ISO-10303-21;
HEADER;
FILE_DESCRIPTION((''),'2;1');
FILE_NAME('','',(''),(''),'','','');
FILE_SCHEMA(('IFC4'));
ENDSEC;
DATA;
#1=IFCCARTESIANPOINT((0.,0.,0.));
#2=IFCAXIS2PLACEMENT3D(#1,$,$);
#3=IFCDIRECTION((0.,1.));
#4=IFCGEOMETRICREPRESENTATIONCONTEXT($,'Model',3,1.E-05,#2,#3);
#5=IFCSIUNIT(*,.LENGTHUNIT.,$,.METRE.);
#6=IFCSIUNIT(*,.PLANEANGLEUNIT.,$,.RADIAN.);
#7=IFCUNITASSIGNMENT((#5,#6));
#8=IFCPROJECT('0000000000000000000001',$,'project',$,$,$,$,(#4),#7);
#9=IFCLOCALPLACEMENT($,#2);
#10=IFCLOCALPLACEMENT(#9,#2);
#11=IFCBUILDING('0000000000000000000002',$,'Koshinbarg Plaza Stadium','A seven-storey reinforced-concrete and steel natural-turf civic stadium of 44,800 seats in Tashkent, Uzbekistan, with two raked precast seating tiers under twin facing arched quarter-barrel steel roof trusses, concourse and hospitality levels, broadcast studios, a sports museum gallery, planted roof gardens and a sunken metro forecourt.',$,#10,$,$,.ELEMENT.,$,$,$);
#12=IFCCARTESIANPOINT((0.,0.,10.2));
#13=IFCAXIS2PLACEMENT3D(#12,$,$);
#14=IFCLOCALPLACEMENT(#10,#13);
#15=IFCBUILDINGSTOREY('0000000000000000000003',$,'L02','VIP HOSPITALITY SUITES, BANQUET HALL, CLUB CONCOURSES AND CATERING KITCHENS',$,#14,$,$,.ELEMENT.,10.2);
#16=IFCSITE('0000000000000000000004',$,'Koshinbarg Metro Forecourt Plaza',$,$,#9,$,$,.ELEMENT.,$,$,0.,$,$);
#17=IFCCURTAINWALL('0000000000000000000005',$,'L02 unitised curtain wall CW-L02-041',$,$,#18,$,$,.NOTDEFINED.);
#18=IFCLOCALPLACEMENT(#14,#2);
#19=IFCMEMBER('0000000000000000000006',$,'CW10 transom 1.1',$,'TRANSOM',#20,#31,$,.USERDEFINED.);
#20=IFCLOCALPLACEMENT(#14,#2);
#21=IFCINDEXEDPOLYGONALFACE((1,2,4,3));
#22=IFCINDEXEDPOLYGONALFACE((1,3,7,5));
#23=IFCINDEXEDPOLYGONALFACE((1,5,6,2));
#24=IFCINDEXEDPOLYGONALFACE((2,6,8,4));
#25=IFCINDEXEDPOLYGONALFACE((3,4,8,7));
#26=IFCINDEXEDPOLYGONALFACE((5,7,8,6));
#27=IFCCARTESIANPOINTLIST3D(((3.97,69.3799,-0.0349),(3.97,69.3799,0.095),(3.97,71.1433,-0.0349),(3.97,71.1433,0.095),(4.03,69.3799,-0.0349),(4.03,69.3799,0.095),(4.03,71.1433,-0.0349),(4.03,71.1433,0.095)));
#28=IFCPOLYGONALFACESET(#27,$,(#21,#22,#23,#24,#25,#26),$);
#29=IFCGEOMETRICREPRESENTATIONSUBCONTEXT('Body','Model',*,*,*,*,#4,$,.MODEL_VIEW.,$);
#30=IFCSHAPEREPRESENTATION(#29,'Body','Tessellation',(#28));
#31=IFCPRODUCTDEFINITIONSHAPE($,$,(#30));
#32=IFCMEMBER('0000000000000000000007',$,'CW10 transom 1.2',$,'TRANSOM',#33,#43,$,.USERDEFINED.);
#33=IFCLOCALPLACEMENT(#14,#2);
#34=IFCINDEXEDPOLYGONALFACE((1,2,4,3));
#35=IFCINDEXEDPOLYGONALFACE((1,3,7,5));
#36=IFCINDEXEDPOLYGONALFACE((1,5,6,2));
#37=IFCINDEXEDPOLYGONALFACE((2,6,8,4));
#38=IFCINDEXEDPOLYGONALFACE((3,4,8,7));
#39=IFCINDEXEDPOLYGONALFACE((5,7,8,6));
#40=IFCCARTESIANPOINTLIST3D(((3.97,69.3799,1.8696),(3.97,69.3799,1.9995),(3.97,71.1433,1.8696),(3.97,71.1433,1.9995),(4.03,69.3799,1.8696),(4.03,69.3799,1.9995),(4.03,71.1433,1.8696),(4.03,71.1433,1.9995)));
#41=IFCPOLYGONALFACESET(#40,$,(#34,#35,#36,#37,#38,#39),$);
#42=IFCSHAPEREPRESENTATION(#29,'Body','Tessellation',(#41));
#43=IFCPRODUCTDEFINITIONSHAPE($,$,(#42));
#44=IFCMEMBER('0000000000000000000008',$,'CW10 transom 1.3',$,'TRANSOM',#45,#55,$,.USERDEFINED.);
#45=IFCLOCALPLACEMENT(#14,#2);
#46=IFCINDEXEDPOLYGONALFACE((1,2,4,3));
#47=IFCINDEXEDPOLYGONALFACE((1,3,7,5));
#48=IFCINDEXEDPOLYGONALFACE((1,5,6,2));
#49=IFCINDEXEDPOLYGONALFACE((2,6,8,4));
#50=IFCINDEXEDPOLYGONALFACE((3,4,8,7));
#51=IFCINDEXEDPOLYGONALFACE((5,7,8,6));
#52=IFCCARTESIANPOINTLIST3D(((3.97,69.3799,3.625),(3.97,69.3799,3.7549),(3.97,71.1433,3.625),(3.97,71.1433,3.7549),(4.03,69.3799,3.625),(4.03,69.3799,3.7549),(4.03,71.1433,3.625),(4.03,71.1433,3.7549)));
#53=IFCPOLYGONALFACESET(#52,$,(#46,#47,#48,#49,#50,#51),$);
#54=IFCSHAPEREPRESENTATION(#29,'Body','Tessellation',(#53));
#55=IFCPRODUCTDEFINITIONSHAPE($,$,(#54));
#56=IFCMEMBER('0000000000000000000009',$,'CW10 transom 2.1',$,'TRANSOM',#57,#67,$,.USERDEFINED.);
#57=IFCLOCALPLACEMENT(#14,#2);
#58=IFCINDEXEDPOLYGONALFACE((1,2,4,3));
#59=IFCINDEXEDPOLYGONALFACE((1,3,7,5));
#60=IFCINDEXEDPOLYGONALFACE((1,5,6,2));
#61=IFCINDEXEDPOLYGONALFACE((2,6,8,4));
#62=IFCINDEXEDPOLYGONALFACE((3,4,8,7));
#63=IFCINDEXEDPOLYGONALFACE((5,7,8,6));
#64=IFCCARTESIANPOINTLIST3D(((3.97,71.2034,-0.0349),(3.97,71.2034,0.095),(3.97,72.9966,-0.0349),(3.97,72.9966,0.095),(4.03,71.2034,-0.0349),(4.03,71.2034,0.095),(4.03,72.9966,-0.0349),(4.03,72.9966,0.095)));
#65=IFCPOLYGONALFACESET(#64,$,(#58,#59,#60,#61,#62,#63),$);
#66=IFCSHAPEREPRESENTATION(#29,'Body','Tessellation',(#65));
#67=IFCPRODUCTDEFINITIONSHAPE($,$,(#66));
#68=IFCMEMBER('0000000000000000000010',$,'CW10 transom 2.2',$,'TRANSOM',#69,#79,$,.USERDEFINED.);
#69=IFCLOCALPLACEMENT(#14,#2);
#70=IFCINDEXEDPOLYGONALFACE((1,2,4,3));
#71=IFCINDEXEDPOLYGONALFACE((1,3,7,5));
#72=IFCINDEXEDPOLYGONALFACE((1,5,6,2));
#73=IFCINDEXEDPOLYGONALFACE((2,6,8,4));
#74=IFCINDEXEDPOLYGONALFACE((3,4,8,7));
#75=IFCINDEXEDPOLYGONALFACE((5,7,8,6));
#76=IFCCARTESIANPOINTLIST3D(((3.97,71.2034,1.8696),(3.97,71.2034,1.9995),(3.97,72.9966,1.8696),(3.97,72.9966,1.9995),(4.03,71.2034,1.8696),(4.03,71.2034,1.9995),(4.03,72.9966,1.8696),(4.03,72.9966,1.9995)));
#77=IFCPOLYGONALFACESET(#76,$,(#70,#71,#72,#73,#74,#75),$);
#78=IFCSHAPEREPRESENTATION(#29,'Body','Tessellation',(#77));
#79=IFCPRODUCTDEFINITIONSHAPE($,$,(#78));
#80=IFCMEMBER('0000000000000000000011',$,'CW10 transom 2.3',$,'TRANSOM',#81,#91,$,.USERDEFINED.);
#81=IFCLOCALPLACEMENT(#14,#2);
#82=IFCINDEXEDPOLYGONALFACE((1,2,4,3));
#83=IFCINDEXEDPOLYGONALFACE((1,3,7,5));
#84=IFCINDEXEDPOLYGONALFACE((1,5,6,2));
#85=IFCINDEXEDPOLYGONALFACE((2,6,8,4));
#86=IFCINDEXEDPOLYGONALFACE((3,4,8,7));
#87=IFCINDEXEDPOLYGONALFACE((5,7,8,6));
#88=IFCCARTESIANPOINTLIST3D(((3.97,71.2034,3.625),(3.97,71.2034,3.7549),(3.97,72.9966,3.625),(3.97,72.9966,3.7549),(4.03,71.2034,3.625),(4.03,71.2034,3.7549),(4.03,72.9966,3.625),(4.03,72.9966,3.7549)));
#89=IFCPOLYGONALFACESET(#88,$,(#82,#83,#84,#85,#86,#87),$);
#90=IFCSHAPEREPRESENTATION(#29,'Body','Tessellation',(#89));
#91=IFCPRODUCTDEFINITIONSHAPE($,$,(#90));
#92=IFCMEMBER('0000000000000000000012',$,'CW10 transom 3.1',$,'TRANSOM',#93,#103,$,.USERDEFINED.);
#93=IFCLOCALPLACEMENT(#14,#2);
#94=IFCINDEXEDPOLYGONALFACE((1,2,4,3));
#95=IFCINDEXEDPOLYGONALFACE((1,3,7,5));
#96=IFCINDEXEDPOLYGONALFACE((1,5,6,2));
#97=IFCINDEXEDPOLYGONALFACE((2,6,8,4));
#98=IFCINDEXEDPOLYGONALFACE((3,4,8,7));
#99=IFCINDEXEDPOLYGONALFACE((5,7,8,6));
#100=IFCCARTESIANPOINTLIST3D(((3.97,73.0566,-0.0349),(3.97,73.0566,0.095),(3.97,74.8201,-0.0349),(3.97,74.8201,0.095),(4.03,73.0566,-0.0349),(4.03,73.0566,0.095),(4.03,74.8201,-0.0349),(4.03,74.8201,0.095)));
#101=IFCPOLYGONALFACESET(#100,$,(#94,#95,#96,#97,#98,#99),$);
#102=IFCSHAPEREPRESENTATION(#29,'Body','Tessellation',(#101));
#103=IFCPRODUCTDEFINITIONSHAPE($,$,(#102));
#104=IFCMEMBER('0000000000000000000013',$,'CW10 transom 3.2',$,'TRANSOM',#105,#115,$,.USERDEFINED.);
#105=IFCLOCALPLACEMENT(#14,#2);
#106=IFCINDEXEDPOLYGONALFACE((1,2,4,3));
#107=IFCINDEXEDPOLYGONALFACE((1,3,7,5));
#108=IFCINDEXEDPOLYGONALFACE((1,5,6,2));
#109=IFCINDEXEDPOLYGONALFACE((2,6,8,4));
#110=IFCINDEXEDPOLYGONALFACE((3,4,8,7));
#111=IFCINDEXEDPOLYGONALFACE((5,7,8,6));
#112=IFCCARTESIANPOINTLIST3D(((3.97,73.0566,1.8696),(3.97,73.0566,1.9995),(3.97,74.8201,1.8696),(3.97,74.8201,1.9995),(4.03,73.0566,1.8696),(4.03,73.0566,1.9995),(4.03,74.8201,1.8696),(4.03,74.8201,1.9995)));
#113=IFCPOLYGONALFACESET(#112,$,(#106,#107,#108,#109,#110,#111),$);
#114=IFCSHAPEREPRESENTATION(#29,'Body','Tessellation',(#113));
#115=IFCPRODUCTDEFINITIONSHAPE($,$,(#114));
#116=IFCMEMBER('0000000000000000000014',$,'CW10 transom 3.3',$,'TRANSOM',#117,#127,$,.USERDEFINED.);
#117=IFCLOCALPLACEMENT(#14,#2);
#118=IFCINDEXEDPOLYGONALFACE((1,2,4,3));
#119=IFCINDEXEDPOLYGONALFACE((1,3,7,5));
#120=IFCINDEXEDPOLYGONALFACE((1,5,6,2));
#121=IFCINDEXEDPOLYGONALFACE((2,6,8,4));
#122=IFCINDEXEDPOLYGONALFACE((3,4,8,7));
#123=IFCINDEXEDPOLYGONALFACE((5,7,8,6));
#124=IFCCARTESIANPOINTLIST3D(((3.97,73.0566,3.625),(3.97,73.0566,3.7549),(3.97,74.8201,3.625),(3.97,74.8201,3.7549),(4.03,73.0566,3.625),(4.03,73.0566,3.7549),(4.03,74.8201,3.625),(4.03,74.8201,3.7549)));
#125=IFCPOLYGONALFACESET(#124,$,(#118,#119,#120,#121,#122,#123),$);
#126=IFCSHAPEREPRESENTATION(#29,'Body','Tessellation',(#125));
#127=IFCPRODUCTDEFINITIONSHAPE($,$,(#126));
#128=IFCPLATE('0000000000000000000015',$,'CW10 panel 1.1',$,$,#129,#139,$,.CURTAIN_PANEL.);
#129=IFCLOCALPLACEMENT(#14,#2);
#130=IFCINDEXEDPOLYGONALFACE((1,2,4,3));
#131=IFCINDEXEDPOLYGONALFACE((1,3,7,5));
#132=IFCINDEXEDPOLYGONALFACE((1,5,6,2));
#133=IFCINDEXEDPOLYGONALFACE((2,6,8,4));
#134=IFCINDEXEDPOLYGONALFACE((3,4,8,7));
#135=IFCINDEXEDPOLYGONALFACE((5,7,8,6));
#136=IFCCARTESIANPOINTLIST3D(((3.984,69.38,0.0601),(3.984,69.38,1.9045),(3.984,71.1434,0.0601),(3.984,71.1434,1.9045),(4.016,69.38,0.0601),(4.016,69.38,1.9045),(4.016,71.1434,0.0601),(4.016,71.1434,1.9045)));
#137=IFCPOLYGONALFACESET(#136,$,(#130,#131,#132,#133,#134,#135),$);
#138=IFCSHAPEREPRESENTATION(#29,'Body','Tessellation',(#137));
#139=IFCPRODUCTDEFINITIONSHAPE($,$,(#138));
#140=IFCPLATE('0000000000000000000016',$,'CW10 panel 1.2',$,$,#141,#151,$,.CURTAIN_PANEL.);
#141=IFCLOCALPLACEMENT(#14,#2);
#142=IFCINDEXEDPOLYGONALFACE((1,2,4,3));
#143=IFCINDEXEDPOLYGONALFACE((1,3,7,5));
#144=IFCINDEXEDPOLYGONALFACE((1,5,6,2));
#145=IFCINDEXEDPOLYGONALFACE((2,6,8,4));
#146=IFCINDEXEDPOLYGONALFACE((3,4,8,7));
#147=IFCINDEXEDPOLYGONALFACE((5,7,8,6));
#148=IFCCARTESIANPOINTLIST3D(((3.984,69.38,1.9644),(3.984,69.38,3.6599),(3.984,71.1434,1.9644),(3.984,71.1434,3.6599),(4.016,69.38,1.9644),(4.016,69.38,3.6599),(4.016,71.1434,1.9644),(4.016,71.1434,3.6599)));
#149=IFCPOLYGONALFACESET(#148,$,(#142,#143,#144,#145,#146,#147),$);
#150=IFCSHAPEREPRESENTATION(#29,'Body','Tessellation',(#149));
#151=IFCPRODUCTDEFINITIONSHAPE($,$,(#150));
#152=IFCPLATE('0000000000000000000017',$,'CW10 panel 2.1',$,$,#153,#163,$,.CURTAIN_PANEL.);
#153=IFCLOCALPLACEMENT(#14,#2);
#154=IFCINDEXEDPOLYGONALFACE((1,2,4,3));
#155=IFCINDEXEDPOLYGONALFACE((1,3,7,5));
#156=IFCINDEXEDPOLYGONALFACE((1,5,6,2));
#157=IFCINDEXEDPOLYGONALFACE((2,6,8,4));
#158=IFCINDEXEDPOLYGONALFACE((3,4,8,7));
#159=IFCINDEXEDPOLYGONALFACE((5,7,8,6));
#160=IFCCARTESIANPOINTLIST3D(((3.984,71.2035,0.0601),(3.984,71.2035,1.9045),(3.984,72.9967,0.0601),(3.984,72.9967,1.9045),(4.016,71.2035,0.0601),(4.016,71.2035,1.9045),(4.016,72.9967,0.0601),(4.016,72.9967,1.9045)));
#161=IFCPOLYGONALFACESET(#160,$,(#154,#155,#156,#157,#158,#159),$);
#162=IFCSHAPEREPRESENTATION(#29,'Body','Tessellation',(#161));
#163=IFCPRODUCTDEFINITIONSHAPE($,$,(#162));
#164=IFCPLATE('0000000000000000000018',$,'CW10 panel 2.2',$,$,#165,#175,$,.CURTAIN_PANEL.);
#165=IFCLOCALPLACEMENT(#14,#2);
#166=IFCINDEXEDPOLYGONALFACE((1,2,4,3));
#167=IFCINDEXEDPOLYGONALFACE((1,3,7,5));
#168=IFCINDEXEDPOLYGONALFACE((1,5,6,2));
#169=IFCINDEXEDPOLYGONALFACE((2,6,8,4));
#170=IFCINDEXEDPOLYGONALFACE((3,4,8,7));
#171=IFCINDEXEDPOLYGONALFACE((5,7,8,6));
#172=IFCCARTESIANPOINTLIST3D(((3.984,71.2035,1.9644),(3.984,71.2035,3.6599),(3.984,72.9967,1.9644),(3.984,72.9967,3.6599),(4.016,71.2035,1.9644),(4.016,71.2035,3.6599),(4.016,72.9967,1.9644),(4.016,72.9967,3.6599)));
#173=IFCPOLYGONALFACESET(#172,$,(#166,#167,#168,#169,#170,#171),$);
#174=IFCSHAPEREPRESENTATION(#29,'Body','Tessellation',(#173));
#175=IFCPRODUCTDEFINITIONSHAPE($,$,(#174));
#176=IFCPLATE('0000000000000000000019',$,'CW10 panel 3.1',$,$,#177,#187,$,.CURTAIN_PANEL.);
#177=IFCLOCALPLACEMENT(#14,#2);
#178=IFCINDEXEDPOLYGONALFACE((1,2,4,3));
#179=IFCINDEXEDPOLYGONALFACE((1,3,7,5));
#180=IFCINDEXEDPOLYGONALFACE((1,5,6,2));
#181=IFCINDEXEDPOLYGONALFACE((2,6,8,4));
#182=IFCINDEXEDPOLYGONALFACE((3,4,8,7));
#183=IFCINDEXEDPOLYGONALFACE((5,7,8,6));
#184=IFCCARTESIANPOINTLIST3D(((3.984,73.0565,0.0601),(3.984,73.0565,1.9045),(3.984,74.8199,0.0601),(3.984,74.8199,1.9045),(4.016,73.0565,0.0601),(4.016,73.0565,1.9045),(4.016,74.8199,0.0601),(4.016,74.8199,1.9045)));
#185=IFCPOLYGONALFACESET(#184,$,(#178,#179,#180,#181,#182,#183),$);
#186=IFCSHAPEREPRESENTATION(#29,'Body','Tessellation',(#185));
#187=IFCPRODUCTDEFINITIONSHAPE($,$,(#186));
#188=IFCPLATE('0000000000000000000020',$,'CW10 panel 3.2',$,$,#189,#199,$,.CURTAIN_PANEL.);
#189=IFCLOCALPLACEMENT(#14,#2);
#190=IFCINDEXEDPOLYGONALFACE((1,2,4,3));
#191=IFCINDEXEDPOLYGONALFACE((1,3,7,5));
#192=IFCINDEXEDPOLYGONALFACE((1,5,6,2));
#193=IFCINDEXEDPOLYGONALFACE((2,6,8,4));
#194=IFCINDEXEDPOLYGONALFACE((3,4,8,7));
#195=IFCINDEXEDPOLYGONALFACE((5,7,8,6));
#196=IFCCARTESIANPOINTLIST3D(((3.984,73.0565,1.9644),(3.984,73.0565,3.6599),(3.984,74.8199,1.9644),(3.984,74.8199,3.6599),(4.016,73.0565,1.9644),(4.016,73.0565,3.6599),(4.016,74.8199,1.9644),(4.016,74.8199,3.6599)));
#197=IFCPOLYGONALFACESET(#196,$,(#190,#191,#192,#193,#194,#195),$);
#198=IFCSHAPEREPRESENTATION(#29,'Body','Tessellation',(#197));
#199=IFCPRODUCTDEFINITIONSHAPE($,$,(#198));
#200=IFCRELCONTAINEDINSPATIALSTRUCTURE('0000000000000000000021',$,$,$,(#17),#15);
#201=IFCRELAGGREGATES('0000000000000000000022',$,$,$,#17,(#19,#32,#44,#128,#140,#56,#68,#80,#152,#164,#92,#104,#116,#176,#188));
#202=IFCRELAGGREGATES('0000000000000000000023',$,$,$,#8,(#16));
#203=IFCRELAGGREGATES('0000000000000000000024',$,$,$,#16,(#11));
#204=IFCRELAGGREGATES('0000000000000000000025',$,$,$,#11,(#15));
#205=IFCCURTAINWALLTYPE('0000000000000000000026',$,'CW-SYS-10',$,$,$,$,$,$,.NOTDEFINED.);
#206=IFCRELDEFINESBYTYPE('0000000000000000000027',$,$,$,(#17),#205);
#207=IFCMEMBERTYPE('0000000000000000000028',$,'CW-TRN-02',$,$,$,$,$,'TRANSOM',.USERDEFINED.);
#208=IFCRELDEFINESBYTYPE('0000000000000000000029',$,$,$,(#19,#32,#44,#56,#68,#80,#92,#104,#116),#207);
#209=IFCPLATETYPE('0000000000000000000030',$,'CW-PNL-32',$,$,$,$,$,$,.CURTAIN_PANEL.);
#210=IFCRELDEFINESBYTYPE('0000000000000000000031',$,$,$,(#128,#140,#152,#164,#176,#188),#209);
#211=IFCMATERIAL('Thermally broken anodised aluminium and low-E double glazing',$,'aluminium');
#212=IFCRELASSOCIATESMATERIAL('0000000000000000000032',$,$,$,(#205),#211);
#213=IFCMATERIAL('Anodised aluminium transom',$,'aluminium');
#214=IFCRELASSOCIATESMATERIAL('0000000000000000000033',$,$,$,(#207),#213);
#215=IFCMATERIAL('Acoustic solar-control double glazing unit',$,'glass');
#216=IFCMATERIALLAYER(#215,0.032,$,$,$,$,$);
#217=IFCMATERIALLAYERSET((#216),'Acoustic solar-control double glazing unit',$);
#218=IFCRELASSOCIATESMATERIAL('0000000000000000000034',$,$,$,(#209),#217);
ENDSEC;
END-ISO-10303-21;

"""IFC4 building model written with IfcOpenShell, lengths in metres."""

from ifc_helpers import new_model, si_unit, direction, frame, origin, origin_2d, place, context, subcontext, project, spatial, rectangle, extrude, material, layer, layer_set, material_profile, profile_set, type_object, element, aggregate, save


model = new_model("IFC4")

# Units and contexts
model_context = context("Model", 3, precision=1e-05, world=origin(), true_north=direction((0.0, 1.0)))
body_context = subcontext(model_context, "Body", "Model", "MODEL_VIEW")
ifc_project = project(units=[si_unit("LENGTHUNIT", "METRE"), si_unit("PLANEANGLEUNIT", "RADIAN")], contexts=[model_context])

# Site, building, storey
site_placement = place(None, origin())
site = spatial("IfcSite", under=ifc_project, at=site_placement, Name="Koshinbarg Metro Forecourt Plaza", CompositionType="ELEMENT", RefElevation=0.0)
building_placement = place(site_placement, origin())
building = spatial("IfcBuilding", under=site, at=building_placement, Name="Koshinbarg Plaza Stadium", Description="A seven-storey reinforced-concrete and steel natural-turf civic stadium of 44,800 seats in Tashkent, Uzbekistan, with two raked precast seating tiers under twin facing arched quarter-barrel steel roof trusses, concourse and hospitality levels, broadcast studios, a sports museum gallery, planted roof gardens and a sunken metro forecourt.", CompositionType="ELEMENT")
storey_placement = place(building_placement, frame((0.0, 0.0, 10.2)))
storey = spatial("IfcBuildingStorey", under=building, at=storey_placement, Name="L02", Description="VIP HOSPITALITY SUITES, BANQUET HALL, CLUB CONCOURSES AND CATERING KITCHENS", CompositionType="ELEMENT", Elevation=10.2)

# Curtain wall, members, plates
ifc_material_1 = material(Name="Thermally broken anodised aluminium and low-E double glazing", Category="aluminium")
curtain_wall_type = type_object("IfcCurtainWallType", Name="CW-SYS-10", PredefinedType="NOTDEFINED", material=ifc_material_1)
curtain_wall_placement = place(storey_placement, origin())
curtain_wall = element("IfcCurtainWall", 1, at=curtain_wall_placement, inside=storey, type_object=curtain_wall_type, Name="L02 unitised curtain wall CW-L02-041", PredefinedType="NOTDEFINED")
ifc_material_2 = material(Name="Anodised aluminium transom", Category="aluminium")
ifc_material_profile_1 = material_profile(ifc_material_2, rectangle(XDim=0.0601, YDim=0.1299, at=origin_2d()), Name="ALU 60x130")
ifc_profile_set_1 = profile_set([ifc_material_profile_1], Name="Anodised aluminium transom")
member_type_1 = type_object("IfcMemberType", Name="CW-TRN-02", ElementType="TRANSOM", PredefinedType="USERDEFINED", material=ifc_profile_set_1)
member_1_placement = place(storey_placement, frame((4.0, 69.3799, 0.03), z_axis=(0.0, 1.0, 0.0), x_axis=(-1.0, 0.0, 0.0)))
member_1 = element("IfcMember", 2, at=member_1_placement, type_object=member_type_1, Name="CW10 transom 1.1", ObjectType="TRANSOM", PredefinedType="USERDEFINED", context=body_context, shape_type="SweptSolid", body=[
    extrude(rectangle(XDim=0.0601, YDim=0.1299, at=origin_2d()), origin(), (0.0, 0.0, 1.0), 1.7634),
])
member_2_placement = place(storey_placement, frame((4.0, 69.3799, 1.9346), z_axis=(0.0, 1.0, 0.0), x_axis=(-1.0, 0.0, 0.0)))
member_2 = element("IfcMember", 3, at=member_2_placement, type_object=member_type_1, Name="CW10 transom 1.2", ObjectType="TRANSOM", PredefinedType="USERDEFINED", context=body_context, shape_type="SweptSolid", body=[
    extrude(rectangle(XDim=0.0601, YDim=0.1299, at=origin_2d()), origin(), (0.0, 0.0, 1.0), 1.7634),
])
member_3_placement = place(storey_placement, frame((4.0, 69.3799, 3.6899), z_axis=(0.0, 1.0, 0.0), x_axis=(-1.0, 0.0, 0.0)))
member_3 = element("IfcMember", 4, at=member_3_placement, type_object=member_type_1, Name="CW10 transom 1.3", ObjectType="TRANSOM", PredefinedType="USERDEFINED", context=body_context, shape_type="SweptSolid", body=[
    extrude(rectangle(XDim=0.0601, YDim=0.1299, at=origin_2d()), origin(), (0.0, 0.0, 1.0), 1.7634),
])
member_4_placement = place(storey_placement, frame((4.0, 71.2034, 0.03), z_axis=(0.0, 1.0, 0.0), x_axis=(-1.0, 0.0, 0.0)))
member_4 = element("IfcMember", 5, at=member_4_placement, type_object=member_type_1, Name="CW10 transom 2.1", ObjectType="TRANSOM", PredefinedType="USERDEFINED", context=body_context, shape_type="SweptSolid", body=[
    extrude(rectangle(XDim=0.0601, YDim=0.1299, at=origin_2d()), origin(), (0.0, 0.0, 1.0), 1.7932),
])
member_5_placement = place(storey_placement, frame((4.0, 71.2034, 1.9346), z_axis=(0.0, 1.0, 0.0), x_axis=(-1.0, 0.0, 0.0)))
member_5 = element("IfcMember", 6, at=member_5_placement, type_object=member_type_1, Name="CW10 transom 2.2", ObjectType="TRANSOM", PredefinedType="USERDEFINED", context=body_context, shape_type="SweptSolid", body=[
    extrude(rectangle(XDim=0.0601, YDim=0.1299, at=origin_2d()), origin(), (0.0, 0.0, 1.0), 1.7932),
])
member_6_placement = place(storey_placement, frame((4.0, 71.2034, 3.6899), z_axis=(0.0, 1.0, 0.0), x_axis=(-1.0, 0.0, 0.0)))
member_6 = element("IfcMember", 7, at=member_6_placement, type_object=member_type_1, Name="CW10 transom 2.3", ObjectType="TRANSOM", PredefinedType="USERDEFINED", context=body_context, shape_type="SweptSolid", body=[
    extrude(rectangle(XDim=0.0601, YDim=0.1299, at=origin_2d()), origin(), (0.0, 0.0, 1.0), 1.7932),
])
member_7_placement = place(storey_placement, frame((4.0, 73.0566, 0.03), z_axis=(0.0, 1.0, 0.0), x_axis=(-1.0, 0.0, 0.0)))
member_7 = element("IfcMember", 8, at=member_7_placement, type_object=member_type_1, Name="CW10 transom 3.1", ObjectType="TRANSOM", PredefinedType="USERDEFINED", context=body_context, shape_type="SweptSolid", body=[
    extrude(rectangle(XDim=0.0601, YDim=0.1299, at=origin_2d()), origin(), (0.0, 0.0, 1.0), 1.7634),
])
member_8_placement = place(storey_placement, frame((4.0, 73.0566, 1.9346), z_axis=(0.0, 1.0, 0.0), x_axis=(-1.0, 0.0, 0.0)))
member_8 = element("IfcMember", 9, at=member_8_placement, type_object=member_type_1, Name="CW10 transom 3.2", ObjectType="TRANSOM", PredefinedType="USERDEFINED", context=body_context, shape_type="SweptSolid", body=[
    extrude(rectangle(XDim=0.0601, YDim=0.1299, at=origin_2d()), origin(), (0.0, 0.0, 1.0), 1.7634),
])
member_9_placement = place(storey_placement, frame((4.0, 73.0566, 3.6899), z_axis=(0.0, 1.0, 0.0), x_axis=(-1.0, 0.0, 0.0)))
member_9 = element("IfcMember", 10, at=member_9_placement, type_object=member_type_1, Name="CW10 transom 3.3", ObjectType="TRANSOM", PredefinedType="USERDEFINED", context=body_context, shape_type="SweptSolid", body=[
    extrude(rectangle(XDim=0.0601, YDim=0.1299, at=origin_2d()), origin(), (0.0, 0.0, 1.0), 1.7634),
])
ifc_material_3 = material(Name="Acoustic solar-control double glazing unit", Category="glass")
ifc_layer_1 = layer(ifc_material_3, 0.032)
ifc_layer_set_1 = layer_set([ifc_layer_1], Name="Acoustic solar-control double glazing unit")
plate_type_1 = type_object("IfcPlateType", Name="CW-PNL-32", PredefinedType="CURTAIN_PANEL", material=ifc_layer_set_1)
plate_1_placement = place(storey_placement, frame((4.0, 70.2617, 0.0601), z_axis=(0.0, 0.0, 1.0), x_axis=(0.0, 1.0, 0.0)))
plate_1 = element("IfcPlate", 11, at=plate_1_placement, type_object=plate_type_1, Name="CW10 panel 1.1", PredefinedType="CURTAIN_PANEL", context=body_context, shape_type="SweptSolid", body=[
    extrude(rectangle(XDim=1.7634, YDim=0.032, at=origin_2d()), origin(), (0.0, 0.0, 1.0), 1.8445),
])
plate_2_placement = place(storey_placement, frame((4.0, 70.2617, 1.9644), z_axis=(0.0, 0.0, 1.0), x_axis=(0.0, 1.0, 0.0)))
plate_2 = element("IfcPlate", 12, at=plate_2_placement, type_object=plate_type_1, Name="CW10 panel 1.2", PredefinedType="CURTAIN_PANEL", context=body_context, shape_type="SweptSolid", body=[
    extrude(rectangle(XDim=1.7634, YDim=0.032, at=origin_2d()), origin(), (0.0, 0.0, 1.0), 1.6956),
])
plate_3_placement = place(storey_placement, frame((4.0, 72.1001, 0.0601), z_axis=(0.0, 0.0, 1.0), x_axis=(0.0, 1.0, 0.0)))
plate_3 = element("IfcPlate", 13, at=plate_3_placement, type_object=plate_type_1, Name="CW10 panel 2.1", PredefinedType="CURTAIN_PANEL", context=body_context, shape_type="SweptSolid", body=[
    extrude(rectangle(XDim=1.7932, YDim=0.032, at=origin_2d()), origin(), (0.0, 0.0, 1.0), 1.8445),
])
plate_4_placement = place(storey_placement, frame((4.0, 72.1001, 1.9644), z_axis=(0.0, 0.0, 1.0), x_axis=(0.0, 1.0, 0.0)))
plate_4 = element("IfcPlate", 14, at=plate_4_placement, type_object=plate_type_1, Name="CW10 panel 2.2", PredefinedType="CURTAIN_PANEL", context=body_context, shape_type="SweptSolid", body=[
    extrude(rectangle(XDim=1.7932, YDim=0.032, at=origin_2d()), origin(), (0.0, 0.0, 1.0), 1.6956),
])
plate_5_placement = place(storey_placement, frame((4.0, 73.9382, 0.0601), z_axis=(0.0, 0.0, 1.0), x_axis=(0.0, 1.0, 0.0)))
plate_5 = element("IfcPlate", 15, at=plate_5_placement, type_object=plate_type_1, Name="CW10 panel 3.1", PredefinedType="CURTAIN_PANEL", context=body_context, shape_type="SweptSolid", body=[
    extrude(rectangle(XDim=1.7634, YDim=0.032, at=origin_2d()), origin(), (0.0, 0.0, 1.0), 1.8445),
])
plate_6_placement = place(storey_placement, frame((4.0, 73.9382, 1.9644), z_axis=(0.0, 0.0, 1.0), x_axis=(0.0, 1.0, 0.0)))
plate_6 = element("IfcPlate", 16, at=plate_6_placement, type_object=plate_type_1, Name="CW10 panel 3.2", PredefinedType="CURTAIN_PANEL", context=body_context, shape_type="SweptSolid", body=[
    extrude(rectangle(XDim=1.7634, YDim=0.032, at=origin_2d()), origin(), (0.0, 0.0, 1.0), 1.6956),
])
aggregate(curtain_wall, [member_1, member_2, member_3, plate_1, plate_2, member_4, member_5, member_6, plate_3, plate_4, member_7, member_8, member_9, plate_5, plate_6])

save(model, "model.ifc")
